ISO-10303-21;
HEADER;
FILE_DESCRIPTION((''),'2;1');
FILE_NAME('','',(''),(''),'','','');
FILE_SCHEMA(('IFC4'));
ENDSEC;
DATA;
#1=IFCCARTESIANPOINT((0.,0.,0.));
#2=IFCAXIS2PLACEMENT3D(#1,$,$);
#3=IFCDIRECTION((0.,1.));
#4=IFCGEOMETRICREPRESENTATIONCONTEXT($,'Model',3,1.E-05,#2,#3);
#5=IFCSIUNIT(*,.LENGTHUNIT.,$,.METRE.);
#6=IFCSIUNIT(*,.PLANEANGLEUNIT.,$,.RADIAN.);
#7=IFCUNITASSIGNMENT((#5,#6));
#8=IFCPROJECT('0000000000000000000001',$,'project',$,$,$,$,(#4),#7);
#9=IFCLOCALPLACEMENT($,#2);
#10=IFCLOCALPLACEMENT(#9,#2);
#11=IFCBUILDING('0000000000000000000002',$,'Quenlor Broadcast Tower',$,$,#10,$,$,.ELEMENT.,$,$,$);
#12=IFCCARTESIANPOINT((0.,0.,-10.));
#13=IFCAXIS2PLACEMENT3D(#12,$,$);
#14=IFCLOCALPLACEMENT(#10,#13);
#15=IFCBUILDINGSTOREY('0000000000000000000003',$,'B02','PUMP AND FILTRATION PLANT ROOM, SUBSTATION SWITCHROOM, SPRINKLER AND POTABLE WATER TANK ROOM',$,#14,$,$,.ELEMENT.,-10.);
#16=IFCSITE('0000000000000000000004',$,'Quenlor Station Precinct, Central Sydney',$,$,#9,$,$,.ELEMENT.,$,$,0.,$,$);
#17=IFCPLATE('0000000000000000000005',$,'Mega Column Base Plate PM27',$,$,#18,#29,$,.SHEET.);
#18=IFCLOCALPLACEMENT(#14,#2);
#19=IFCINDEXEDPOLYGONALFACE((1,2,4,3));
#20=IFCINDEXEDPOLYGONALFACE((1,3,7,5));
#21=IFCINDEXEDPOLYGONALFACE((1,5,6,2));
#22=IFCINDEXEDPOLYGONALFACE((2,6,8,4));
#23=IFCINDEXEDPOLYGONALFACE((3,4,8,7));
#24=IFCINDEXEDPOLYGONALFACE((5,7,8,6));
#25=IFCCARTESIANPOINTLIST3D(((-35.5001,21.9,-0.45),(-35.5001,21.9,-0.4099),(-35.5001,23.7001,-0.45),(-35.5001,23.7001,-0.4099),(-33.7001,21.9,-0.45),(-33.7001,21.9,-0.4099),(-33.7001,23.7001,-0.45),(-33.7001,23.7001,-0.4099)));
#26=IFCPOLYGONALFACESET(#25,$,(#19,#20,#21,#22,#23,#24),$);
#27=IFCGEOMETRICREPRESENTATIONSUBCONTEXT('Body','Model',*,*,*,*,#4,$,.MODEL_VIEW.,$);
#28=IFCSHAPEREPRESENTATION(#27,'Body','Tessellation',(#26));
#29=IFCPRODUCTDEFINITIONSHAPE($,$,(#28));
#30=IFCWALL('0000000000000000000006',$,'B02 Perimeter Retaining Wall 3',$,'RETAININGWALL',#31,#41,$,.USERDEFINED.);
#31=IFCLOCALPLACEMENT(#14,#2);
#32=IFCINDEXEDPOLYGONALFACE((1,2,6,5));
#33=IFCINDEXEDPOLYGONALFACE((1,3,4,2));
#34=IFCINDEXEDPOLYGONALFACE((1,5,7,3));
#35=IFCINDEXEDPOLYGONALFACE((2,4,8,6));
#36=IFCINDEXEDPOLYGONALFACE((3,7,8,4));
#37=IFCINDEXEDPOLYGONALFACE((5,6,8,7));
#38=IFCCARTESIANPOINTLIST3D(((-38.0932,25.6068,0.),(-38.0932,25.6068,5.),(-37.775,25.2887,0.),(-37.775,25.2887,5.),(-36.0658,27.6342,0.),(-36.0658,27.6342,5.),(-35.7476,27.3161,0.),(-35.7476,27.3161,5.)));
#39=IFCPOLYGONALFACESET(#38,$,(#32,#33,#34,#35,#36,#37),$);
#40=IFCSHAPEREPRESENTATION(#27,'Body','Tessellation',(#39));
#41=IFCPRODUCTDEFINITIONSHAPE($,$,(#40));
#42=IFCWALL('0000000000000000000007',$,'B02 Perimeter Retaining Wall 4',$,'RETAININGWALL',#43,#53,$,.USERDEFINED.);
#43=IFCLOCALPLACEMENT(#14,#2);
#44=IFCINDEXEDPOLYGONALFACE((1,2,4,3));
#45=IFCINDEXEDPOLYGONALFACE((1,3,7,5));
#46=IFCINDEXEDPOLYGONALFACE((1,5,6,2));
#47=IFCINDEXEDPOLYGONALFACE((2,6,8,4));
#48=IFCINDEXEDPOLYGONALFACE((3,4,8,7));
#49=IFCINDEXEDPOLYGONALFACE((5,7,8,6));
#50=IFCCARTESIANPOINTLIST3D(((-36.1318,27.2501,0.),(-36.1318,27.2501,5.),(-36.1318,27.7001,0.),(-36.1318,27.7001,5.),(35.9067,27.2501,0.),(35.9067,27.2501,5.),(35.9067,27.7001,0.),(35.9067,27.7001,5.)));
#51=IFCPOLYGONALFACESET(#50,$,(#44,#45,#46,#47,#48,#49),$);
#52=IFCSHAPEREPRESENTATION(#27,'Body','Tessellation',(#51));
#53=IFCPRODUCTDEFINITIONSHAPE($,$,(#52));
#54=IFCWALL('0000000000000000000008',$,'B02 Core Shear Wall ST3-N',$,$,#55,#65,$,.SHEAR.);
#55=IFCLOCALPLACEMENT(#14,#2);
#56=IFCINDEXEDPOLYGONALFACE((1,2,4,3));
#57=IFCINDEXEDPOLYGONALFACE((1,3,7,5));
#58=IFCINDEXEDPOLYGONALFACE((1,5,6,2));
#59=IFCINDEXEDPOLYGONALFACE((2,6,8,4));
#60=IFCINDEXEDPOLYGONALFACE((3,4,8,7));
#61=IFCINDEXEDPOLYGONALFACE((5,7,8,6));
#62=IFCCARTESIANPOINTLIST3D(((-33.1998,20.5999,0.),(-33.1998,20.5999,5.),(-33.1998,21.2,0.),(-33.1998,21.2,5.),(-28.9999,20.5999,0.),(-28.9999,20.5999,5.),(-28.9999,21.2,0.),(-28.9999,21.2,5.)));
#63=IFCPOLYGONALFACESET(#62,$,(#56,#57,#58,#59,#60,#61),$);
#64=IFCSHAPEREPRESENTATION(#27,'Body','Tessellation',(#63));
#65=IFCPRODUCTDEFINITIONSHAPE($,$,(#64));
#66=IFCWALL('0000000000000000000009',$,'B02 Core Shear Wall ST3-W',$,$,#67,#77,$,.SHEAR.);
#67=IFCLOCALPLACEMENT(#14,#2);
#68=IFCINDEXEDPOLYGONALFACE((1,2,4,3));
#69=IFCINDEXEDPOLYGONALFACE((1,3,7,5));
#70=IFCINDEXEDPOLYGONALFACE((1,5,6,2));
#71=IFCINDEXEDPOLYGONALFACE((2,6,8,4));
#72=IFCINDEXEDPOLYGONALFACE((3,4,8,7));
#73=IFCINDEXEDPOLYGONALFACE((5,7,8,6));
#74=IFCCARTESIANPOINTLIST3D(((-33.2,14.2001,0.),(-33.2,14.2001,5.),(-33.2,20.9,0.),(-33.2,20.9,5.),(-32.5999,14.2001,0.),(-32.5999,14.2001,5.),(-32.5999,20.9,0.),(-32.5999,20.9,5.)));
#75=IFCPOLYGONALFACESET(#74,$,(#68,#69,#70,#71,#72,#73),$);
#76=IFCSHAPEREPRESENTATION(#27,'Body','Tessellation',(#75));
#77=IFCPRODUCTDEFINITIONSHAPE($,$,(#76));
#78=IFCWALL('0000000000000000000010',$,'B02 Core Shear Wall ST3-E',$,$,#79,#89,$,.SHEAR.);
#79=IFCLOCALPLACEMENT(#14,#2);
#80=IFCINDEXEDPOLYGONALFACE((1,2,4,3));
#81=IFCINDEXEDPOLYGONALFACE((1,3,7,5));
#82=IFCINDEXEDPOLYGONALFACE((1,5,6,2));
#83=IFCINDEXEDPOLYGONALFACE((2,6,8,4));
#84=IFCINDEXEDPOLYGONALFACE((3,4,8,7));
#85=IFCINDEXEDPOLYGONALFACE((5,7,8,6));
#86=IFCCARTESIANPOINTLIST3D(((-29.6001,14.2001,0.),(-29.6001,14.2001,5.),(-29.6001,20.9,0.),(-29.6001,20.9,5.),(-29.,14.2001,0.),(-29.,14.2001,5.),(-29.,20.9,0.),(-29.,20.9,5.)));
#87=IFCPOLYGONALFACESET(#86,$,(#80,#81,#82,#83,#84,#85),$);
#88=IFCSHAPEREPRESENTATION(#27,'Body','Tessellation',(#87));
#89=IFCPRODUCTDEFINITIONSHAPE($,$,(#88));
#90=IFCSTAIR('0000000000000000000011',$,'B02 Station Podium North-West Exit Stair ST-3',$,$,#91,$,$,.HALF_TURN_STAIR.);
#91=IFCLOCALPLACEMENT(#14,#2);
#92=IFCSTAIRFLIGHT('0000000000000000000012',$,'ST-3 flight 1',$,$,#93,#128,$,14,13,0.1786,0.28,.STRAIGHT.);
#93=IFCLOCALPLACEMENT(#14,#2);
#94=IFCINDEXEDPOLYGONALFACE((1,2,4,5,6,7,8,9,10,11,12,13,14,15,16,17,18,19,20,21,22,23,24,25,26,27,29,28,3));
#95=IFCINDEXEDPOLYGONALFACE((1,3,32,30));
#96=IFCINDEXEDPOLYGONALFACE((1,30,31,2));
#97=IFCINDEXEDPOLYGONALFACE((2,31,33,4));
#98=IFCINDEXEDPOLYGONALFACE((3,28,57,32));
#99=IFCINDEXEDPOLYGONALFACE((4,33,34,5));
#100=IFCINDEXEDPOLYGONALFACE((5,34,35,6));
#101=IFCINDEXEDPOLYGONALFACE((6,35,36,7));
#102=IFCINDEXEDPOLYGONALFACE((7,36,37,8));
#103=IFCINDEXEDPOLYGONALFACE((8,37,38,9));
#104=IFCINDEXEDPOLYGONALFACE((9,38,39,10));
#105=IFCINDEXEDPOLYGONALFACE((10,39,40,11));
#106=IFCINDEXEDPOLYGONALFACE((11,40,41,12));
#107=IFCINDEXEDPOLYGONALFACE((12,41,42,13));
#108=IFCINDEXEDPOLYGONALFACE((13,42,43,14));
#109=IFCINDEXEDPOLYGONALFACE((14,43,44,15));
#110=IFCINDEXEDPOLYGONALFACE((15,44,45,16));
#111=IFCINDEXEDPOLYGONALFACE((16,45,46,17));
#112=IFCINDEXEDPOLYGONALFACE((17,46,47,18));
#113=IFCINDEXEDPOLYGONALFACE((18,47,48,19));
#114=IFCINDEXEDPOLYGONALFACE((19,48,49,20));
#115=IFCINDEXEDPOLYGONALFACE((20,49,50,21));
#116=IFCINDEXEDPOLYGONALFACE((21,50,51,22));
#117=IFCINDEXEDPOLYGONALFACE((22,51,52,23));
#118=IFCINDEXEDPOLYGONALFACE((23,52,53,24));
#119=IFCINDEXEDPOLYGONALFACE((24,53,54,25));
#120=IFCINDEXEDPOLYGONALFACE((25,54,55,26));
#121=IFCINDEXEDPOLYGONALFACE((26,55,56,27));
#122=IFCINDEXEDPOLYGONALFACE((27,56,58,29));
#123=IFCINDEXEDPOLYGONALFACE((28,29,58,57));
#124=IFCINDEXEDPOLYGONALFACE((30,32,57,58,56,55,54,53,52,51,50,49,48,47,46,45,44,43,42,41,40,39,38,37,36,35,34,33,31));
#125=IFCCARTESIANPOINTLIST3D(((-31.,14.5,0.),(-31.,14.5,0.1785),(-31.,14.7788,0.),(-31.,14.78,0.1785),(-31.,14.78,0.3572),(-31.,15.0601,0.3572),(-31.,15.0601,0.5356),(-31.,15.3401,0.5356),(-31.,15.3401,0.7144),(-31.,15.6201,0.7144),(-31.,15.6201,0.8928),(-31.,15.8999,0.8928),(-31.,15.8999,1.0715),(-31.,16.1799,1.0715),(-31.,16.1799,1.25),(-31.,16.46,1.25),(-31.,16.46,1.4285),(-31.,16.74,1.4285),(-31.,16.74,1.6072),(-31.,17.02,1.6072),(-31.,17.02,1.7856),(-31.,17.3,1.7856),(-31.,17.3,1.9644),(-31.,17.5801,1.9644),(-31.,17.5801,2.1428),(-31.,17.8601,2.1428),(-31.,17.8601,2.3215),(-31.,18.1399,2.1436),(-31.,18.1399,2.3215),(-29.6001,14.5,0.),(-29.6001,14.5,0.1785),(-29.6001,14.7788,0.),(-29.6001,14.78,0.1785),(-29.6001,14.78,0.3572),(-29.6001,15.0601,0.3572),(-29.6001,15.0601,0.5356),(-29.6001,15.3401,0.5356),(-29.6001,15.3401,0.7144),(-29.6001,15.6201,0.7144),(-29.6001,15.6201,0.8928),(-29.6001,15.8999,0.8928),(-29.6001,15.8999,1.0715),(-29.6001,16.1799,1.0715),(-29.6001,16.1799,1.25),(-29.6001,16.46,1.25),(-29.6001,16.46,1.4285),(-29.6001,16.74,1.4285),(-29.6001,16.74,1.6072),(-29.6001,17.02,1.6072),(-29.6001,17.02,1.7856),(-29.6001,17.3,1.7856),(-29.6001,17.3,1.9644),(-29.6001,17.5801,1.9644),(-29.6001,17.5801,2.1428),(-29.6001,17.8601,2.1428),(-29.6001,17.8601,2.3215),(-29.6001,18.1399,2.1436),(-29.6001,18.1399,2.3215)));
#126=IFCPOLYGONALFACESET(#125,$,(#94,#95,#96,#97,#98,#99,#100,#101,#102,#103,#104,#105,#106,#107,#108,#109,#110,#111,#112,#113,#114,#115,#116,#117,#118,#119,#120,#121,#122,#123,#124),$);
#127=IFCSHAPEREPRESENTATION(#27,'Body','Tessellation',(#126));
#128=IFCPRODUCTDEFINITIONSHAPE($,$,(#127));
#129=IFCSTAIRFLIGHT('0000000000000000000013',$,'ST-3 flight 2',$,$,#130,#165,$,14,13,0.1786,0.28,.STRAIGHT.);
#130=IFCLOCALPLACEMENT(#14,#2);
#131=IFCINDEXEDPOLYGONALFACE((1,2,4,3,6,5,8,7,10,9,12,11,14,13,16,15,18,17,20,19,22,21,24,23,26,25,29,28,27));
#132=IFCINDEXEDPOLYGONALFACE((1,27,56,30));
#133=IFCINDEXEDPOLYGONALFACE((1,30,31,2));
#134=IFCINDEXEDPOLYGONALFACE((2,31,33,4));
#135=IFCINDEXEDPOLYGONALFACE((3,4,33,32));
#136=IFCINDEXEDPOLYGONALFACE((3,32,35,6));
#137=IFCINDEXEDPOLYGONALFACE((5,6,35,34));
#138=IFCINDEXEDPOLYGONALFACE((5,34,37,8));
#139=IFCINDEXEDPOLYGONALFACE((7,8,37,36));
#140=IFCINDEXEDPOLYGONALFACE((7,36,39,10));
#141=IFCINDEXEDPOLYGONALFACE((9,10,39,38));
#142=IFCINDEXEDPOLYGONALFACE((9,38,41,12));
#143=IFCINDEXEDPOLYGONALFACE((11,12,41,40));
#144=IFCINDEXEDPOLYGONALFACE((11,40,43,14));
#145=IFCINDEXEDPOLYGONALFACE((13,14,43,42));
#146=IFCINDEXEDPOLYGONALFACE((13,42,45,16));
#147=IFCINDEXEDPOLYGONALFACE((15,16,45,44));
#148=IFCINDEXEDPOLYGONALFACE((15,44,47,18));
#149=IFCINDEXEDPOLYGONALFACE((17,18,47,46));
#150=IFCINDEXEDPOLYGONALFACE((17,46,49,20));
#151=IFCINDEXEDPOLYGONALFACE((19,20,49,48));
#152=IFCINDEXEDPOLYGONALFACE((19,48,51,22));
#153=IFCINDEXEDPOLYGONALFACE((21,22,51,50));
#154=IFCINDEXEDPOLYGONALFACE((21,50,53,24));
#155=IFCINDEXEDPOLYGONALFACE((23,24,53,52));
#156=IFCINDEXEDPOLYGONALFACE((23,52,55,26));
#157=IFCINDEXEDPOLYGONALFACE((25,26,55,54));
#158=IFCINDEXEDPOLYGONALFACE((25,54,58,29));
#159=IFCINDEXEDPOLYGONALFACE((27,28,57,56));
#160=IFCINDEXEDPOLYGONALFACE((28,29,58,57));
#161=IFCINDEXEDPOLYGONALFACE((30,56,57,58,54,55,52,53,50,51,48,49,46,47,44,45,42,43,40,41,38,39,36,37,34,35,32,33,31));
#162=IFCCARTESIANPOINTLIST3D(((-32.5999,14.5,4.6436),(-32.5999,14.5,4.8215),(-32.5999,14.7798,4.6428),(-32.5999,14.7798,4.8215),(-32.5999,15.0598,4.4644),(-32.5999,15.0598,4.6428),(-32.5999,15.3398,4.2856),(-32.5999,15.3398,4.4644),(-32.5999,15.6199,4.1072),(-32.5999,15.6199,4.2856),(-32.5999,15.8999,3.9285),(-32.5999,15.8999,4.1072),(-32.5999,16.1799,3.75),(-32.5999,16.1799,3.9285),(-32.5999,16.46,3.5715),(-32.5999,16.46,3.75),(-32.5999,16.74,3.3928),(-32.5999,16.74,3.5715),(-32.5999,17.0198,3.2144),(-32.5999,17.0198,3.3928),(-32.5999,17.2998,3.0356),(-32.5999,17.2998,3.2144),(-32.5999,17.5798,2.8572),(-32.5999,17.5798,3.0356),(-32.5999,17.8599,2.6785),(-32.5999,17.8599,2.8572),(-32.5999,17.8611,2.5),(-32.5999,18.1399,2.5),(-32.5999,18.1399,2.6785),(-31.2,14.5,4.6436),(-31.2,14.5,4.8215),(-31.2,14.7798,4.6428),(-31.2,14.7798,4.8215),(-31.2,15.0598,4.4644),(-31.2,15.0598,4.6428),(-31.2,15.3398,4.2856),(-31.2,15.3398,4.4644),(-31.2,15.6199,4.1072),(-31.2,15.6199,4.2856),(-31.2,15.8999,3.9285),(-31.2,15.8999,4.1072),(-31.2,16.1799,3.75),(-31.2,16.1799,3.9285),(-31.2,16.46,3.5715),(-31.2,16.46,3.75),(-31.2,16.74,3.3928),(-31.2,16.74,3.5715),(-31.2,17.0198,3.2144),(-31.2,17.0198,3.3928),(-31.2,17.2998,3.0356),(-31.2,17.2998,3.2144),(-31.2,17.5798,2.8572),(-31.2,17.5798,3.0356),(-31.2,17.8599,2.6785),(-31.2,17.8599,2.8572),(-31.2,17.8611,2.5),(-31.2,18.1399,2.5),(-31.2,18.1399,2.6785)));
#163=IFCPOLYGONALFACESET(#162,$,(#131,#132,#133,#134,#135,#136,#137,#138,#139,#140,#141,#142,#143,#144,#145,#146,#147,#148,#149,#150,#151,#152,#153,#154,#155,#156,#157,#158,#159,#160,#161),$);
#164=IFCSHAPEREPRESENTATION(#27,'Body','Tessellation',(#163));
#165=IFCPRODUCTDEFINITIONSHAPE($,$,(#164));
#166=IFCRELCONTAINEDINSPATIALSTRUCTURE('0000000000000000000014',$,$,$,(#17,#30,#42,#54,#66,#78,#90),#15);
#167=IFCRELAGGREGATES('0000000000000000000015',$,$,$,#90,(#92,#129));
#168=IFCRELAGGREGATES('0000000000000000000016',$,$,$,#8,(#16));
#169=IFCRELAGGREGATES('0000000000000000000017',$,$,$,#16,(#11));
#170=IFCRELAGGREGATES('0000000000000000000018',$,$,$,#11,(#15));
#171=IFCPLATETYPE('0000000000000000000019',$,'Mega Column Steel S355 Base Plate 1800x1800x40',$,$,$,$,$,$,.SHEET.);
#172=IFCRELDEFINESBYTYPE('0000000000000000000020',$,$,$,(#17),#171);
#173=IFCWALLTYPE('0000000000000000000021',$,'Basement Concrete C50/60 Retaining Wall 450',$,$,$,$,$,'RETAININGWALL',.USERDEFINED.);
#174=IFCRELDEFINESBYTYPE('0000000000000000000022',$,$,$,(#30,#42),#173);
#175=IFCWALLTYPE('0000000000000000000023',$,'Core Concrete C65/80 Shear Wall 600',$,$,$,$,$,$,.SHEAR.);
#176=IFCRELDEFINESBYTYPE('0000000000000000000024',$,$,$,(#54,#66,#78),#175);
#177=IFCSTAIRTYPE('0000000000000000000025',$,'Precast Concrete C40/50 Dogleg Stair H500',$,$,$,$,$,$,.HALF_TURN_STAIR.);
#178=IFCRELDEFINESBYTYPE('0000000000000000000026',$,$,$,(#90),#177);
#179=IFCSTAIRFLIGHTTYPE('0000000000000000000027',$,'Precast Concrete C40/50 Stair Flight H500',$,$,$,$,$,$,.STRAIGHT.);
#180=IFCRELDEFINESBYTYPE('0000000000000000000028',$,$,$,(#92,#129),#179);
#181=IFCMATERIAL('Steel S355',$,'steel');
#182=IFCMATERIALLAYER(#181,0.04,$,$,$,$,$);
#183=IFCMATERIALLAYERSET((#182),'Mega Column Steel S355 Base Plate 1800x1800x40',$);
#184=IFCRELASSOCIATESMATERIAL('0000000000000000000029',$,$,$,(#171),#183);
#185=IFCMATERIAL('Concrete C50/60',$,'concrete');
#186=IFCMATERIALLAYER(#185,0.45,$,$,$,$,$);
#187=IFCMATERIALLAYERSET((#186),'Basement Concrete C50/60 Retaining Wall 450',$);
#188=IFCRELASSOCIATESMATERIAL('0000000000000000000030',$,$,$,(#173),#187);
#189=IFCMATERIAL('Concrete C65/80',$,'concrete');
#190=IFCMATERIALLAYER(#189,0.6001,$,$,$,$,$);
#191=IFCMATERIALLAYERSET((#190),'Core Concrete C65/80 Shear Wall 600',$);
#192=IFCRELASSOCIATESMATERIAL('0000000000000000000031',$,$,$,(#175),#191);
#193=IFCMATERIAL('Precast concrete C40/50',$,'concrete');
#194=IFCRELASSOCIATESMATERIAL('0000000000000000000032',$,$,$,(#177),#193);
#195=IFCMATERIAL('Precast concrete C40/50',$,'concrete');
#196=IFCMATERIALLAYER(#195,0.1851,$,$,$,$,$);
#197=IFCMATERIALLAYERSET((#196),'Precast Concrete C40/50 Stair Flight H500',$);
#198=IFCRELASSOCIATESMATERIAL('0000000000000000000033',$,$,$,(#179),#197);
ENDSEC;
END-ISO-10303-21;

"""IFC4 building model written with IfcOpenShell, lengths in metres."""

from ifc_helpers import new_model, si_unit, direction, frame, frame_2d, origin, origin_2d, place, context, subcontext, project, spatial, polyline, rectangle, outline, extrude, material, layer, layer_set, type_object, element, aggregate, save


model = new_model("IFC4")

# Units and contexts
model_context = context("Model", 3, precision=1e-05, world=origin(), true_north=direction((0.0, 1.0)))
body_context = subcontext(model_context, "Body", "Model", "MODEL_VIEW")
ifc_project = project(units=[si_unit("LENGTHUNIT", "METRE"), si_unit("PLANEANGLEUNIT", "RADIAN")], contexts=[model_context])

# Site, building, storey
site_placement = place(None, origin())
site = spatial("IfcSite", under=ifc_project, at=site_placement, Name="Quenlor Station Precinct, Central Sydney", CompositionType="ELEMENT", RefElevation=0.0)
building_placement = place(site_placement, origin())
building = spatial("IfcBuilding", under=site, at=building_placement, Name="Quenlor Broadcast Tower", CompositionType="ELEMENT")
storey_placement = place(building_placement, frame((0.0, 0.0, -10.0)))
storey = spatial("IfcBuildingStorey", under=building, at=storey_placement, Name="B02", Description="PUMP AND FILTRATION PLANT ROOM, SUBSTATION SWITCHROOM, SPRINKLER AND POTABLE WATER TANK ROOM", CompositionType="ELEMENT", Elevation=-10.0)

# Plate
ifc_material_1 = material(Name="Steel S355", Category="steel")
ifc_layer_1 = layer(ifc_material_1, 0.04)
ifc_layer_set_1 = layer_set([ifc_layer_1], Name="Mega Column Steel S355 Base Plate 1800x1800x40")
plate_type = type_object("IfcPlateType", Name="Mega Column Steel S355 Base Plate 1800x1800x40", PredefinedType="SHEET", material=ifc_layer_set_1)
for number, where, z_axis, x_axis, name in (
    (1, (-34.6001, 22.8, -0.45), (0.0, 0.0, 1.0), (1.0, 0.0, 0.0), "Mega Column Base Plate PM27"),
):
    element("IfcPlate", number, at=place(storey_placement, frame(where, z_axis=z_axis, x_axis=x_axis)), inside=storey, type_object=plate_type, Name=name, PredefinedType="SHEET", context=body_context, shape_type="SweptSolid", body=[
        extrude(rectangle(XDim=1.8, YDim=1.8, at=origin_2d()), origin(), (0.0, 0.0, 1.0), 0.04),
    ])

# Walls
ifc_material_2 = material(Name="Concrete C50/60", Category="concrete")
ifc_layer_2 = layer(ifc_material_2, 0.45)
ifc_layer_set_2 = layer_set([ifc_layer_2], Name="Basement Concrete C50/60 Retaining Wall 450")
wall_type_1 = type_object("IfcWallType", Name="Basement Concrete C50/60 Retaining Wall 450", ElementType="RETAININGWALL", PredefinedType="USERDEFINED", material=ifc_layer_set_2)
wall_1_placement = place(storey_placement, frame((-37.9341, 25.4478, 0.0), z_axis=(0.0, 0.0, 1.0), x_axis=(0.707107, 0.707107, 0.0)))
element("IfcWall", 2, at=wall_1_placement, inside=storey, type_object=wall_type_1, Name="B02 Perimeter Retaining Wall 3", ObjectType="RETAININGWALL", PredefinedType="USERDEFINED", context=body_context, shape_type="SweptSolid", body=[
    extrude(rectangle(XDim=2.8672, YDim=0.45, at=frame_2d((1.4336, 0.0))), origin(), (0.0, 0.0, 1.0), 5.0),
])
wall_2_placement = place(storey_placement, frame((-36.1318, 27.4751, 0.0), z_axis=(0.0, 0.0, 1.0), x_axis=(1.0, 0.0, 0.0)))
element("IfcWall", 3, at=wall_2_placement, inside=storey, type_object=wall_type_1, Name="B02 Perimeter Retaining Wall 4", ObjectType="RETAININGWALL", PredefinedType="USERDEFINED", context=body_context, shape_type="SweptSolid", body=[
    extrude(rectangle(XDim=72.0386, YDim=0.45, at=frame_2d((36.0193, 0.0))), origin(), (0.0, 0.0, 1.0), 5.0),
])
ifc_material_3 = material(Name="Concrete C65/80", Category="concrete")
ifc_layer_3 = layer(ifc_material_3, 0.6001)
ifc_layer_set_3 = layer_set([ifc_layer_3], Name="Core Concrete C65/80 Shear Wall 600")
wall_type_2 = type_object("IfcWallType", Name="Core Concrete C65/80 Shear Wall 600", PredefinedType="SHEAR", material=ifc_layer_set_3)
wall_3_placement = place(storey_placement, frame((-33.2, 20.8999, 0.0), z_axis=(0.0, 0.0, 1.0), x_axis=(1.0, 0.0, 0.0)))
element("IfcWall", 4, at=wall_3_placement, inside=storey, type_object=wall_type_2, Name="B02 Core Shear Wall ST3-N", PredefinedType="SHEAR", context=body_context, shape_type="SweptSolid", body=[
    extrude(rectangle(XDim=4.2, YDim=0.6001, at=frame_2d((2.1001, 0.0))), origin(), (0.0, 0.0, 1.0), 5.0),
])
for number, where, z_axis, x_axis, name in (
    (5, (-32.8999, 14.2, 0.0), (0.0, 0.0, 1.0), (0.0, 1.0, 0.0), "B02 Core Shear Wall ST3-W"),
    (6, (-29.3, 14.2, 0.0), (0.0, 0.0, 1.0), (0.0, 1.0, 0.0), "B02 Core Shear Wall ST3-E"),
):
    element("IfcWall", number, at=place(storey_placement, frame(where, z_axis=z_axis, x_axis=x_axis)), inside=storey, type_object=wall_type_2, Name=name, PredefinedType="SHEAR", context=body_context, shape_type="SweptSolid", body=[
        extrude(rectangle(XDim=6.7, YDim=0.6001, at=frame_2d((3.3501, 0.0))), origin(), (0.0, 0.0, 1.0), 5.0),
    ])

# Stair, stair flights
ifc_material_4 = material(Name="Precast concrete C40/50", Category="concrete")
stair_type = type_object("IfcStairType", Name="Precast Concrete C40/50 Dogleg Stair H500", PredefinedType="HALF_TURN_STAIR", material=ifc_material_4)
stair_placement = place(storey_placement, origin())
stair = element("IfcStair", 7, at=stair_placement, inside=storey, type_object=stair_type, Name="B02 Station Podium North-West Exit Stair ST-3", PredefinedType="HALF_TURN_STAIR")
ifc_material_5 = material(Name="Precast concrete C40/50", Category="concrete")
ifc_layer_4 = layer(ifc_material_5, 0.1851)
ifc_layer_set_4 = layer_set([ifc_layer_4], Name="Precast Concrete C40/50 Stair Flight H500")
stair_flight_type = type_object("IfcStairFlightType", Name="Precast Concrete C40/50 Stair Flight H500", PredefinedType="STRAIGHT", material=ifc_layer_set_4)
stair_flight_1_placement = place(storey_placement, frame((-30.3, 14.5, 0.0), z_axis=(0.0, 0.0, 1.0), x_axis=(0.0, 1.0, 0.0)))
stair_flight_1 = element("IfcStairFlight", 8, at=stair_flight_1_placement, type_object=stair_flight_type, Name="ST-3 flight 1", NumberOfRisers=14, NumberOfTreads=13, PredefinedType="STRAIGHT", RiserHeight=0.1786, TreadLength=0.28, context=body_context, shape_type="SweptSolid", body=[
    extrude(outline(polyline([(0.0, 0.0), (0.0, 0.1785), (0.28, 0.1785), (0.28, 0.3572), (0.5601, 0.3572), (0.5601, 0.5356), (0.8401, 0.5356), (0.8401, 0.7144), (1.1201, 0.7144), (1.1201, 0.8928), (1.3999, 0.8928), (1.3999, 1.0715), (1.6799, 1.0715), (1.6799, 1.25), (1.96, 1.25), (1.96, 1.4285), (2.24, 1.4285), (2.24, 1.6072), (2.52, 1.6072), (2.52, 1.7856), (2.8, 1.7856), (2.8, 1.9644), (3.0801, 1.9644), (3.0801, 2.1428), (3.3601, 2.1428), (3.3601, 2.3215), (3.6399, 2.3215), (3.6399, 2.5), (3.6399, 2.1436), (0.2788, 0.0), (0.0, 0.0)])), frame((0.0, 0.7, 0.0), z_axis=(0.0, -1.0, 0.0), x_axis=(1.0, 0.0, 0.0)), (0.0, 0.0, 1.0), 1.3999),
])
stair_flight_2_placement = place(storey_placement, frame((-31.8999, 18.1399, 2.5), z_axis=(0.0, 0.0, 1.0), x_axis=(0.0, -1.0, 0.0)))
stair_flight_2 = element("IfcStairFlight", 9, at=stair_flight_2_placement, type_object=stair_flight_type, Name="ST-3 flight 2", NumberOfRisers=14, NumberOfTreads=13, PredefinedType="STRAIGHT", RiserHeight=0.1786, TreadLength=0.28, context=body_context, shape_type="SweptSolid", body=[
    extrude(outline(polyline([(0.0, 0.0), (0.0, 0.1785), (0.28, 0.1785), (0.28, 0.3572), (0.5601, 0.3572), (0.5601, 0.5356), (0.8401, 0.5356), (0.8401, 0.7144), (1.1201, 0.7144), (1.1201, 0.8928), (1.3999, 0.8928), (1.3999, 1.0715), (1.6799, 1.0715), (1.6799, 1.25), (1.96, 1.25), (1.96, 1.4285), (2.24, 1.4285), (2.24, 1.6072), (2.52, 1.6072), (2.52, 1.7856), (2.8, 1.7856), (2.8, 1.9644), (3.0801, 1.9644), (3.0801, 2.1428), (3.3601, 2.1428), (3.3601, 2.3215), (3.6399, 2.3215), (3.6399, 2.5), (3.6399, 2.1436), (0.2788, 0.0), (0.0, 0.0)])), frame((0.0, 0.7, 0.0), z_axis=(0.0, -1.0, 0.0), x_axis=(1.0, 0.0, 0.0)), (0.0, 0.0, 1.0), 1.3999),
])
aggregate(stair, [stair_flight_1, stair_flight_2])

save(model, "model.ifc")
